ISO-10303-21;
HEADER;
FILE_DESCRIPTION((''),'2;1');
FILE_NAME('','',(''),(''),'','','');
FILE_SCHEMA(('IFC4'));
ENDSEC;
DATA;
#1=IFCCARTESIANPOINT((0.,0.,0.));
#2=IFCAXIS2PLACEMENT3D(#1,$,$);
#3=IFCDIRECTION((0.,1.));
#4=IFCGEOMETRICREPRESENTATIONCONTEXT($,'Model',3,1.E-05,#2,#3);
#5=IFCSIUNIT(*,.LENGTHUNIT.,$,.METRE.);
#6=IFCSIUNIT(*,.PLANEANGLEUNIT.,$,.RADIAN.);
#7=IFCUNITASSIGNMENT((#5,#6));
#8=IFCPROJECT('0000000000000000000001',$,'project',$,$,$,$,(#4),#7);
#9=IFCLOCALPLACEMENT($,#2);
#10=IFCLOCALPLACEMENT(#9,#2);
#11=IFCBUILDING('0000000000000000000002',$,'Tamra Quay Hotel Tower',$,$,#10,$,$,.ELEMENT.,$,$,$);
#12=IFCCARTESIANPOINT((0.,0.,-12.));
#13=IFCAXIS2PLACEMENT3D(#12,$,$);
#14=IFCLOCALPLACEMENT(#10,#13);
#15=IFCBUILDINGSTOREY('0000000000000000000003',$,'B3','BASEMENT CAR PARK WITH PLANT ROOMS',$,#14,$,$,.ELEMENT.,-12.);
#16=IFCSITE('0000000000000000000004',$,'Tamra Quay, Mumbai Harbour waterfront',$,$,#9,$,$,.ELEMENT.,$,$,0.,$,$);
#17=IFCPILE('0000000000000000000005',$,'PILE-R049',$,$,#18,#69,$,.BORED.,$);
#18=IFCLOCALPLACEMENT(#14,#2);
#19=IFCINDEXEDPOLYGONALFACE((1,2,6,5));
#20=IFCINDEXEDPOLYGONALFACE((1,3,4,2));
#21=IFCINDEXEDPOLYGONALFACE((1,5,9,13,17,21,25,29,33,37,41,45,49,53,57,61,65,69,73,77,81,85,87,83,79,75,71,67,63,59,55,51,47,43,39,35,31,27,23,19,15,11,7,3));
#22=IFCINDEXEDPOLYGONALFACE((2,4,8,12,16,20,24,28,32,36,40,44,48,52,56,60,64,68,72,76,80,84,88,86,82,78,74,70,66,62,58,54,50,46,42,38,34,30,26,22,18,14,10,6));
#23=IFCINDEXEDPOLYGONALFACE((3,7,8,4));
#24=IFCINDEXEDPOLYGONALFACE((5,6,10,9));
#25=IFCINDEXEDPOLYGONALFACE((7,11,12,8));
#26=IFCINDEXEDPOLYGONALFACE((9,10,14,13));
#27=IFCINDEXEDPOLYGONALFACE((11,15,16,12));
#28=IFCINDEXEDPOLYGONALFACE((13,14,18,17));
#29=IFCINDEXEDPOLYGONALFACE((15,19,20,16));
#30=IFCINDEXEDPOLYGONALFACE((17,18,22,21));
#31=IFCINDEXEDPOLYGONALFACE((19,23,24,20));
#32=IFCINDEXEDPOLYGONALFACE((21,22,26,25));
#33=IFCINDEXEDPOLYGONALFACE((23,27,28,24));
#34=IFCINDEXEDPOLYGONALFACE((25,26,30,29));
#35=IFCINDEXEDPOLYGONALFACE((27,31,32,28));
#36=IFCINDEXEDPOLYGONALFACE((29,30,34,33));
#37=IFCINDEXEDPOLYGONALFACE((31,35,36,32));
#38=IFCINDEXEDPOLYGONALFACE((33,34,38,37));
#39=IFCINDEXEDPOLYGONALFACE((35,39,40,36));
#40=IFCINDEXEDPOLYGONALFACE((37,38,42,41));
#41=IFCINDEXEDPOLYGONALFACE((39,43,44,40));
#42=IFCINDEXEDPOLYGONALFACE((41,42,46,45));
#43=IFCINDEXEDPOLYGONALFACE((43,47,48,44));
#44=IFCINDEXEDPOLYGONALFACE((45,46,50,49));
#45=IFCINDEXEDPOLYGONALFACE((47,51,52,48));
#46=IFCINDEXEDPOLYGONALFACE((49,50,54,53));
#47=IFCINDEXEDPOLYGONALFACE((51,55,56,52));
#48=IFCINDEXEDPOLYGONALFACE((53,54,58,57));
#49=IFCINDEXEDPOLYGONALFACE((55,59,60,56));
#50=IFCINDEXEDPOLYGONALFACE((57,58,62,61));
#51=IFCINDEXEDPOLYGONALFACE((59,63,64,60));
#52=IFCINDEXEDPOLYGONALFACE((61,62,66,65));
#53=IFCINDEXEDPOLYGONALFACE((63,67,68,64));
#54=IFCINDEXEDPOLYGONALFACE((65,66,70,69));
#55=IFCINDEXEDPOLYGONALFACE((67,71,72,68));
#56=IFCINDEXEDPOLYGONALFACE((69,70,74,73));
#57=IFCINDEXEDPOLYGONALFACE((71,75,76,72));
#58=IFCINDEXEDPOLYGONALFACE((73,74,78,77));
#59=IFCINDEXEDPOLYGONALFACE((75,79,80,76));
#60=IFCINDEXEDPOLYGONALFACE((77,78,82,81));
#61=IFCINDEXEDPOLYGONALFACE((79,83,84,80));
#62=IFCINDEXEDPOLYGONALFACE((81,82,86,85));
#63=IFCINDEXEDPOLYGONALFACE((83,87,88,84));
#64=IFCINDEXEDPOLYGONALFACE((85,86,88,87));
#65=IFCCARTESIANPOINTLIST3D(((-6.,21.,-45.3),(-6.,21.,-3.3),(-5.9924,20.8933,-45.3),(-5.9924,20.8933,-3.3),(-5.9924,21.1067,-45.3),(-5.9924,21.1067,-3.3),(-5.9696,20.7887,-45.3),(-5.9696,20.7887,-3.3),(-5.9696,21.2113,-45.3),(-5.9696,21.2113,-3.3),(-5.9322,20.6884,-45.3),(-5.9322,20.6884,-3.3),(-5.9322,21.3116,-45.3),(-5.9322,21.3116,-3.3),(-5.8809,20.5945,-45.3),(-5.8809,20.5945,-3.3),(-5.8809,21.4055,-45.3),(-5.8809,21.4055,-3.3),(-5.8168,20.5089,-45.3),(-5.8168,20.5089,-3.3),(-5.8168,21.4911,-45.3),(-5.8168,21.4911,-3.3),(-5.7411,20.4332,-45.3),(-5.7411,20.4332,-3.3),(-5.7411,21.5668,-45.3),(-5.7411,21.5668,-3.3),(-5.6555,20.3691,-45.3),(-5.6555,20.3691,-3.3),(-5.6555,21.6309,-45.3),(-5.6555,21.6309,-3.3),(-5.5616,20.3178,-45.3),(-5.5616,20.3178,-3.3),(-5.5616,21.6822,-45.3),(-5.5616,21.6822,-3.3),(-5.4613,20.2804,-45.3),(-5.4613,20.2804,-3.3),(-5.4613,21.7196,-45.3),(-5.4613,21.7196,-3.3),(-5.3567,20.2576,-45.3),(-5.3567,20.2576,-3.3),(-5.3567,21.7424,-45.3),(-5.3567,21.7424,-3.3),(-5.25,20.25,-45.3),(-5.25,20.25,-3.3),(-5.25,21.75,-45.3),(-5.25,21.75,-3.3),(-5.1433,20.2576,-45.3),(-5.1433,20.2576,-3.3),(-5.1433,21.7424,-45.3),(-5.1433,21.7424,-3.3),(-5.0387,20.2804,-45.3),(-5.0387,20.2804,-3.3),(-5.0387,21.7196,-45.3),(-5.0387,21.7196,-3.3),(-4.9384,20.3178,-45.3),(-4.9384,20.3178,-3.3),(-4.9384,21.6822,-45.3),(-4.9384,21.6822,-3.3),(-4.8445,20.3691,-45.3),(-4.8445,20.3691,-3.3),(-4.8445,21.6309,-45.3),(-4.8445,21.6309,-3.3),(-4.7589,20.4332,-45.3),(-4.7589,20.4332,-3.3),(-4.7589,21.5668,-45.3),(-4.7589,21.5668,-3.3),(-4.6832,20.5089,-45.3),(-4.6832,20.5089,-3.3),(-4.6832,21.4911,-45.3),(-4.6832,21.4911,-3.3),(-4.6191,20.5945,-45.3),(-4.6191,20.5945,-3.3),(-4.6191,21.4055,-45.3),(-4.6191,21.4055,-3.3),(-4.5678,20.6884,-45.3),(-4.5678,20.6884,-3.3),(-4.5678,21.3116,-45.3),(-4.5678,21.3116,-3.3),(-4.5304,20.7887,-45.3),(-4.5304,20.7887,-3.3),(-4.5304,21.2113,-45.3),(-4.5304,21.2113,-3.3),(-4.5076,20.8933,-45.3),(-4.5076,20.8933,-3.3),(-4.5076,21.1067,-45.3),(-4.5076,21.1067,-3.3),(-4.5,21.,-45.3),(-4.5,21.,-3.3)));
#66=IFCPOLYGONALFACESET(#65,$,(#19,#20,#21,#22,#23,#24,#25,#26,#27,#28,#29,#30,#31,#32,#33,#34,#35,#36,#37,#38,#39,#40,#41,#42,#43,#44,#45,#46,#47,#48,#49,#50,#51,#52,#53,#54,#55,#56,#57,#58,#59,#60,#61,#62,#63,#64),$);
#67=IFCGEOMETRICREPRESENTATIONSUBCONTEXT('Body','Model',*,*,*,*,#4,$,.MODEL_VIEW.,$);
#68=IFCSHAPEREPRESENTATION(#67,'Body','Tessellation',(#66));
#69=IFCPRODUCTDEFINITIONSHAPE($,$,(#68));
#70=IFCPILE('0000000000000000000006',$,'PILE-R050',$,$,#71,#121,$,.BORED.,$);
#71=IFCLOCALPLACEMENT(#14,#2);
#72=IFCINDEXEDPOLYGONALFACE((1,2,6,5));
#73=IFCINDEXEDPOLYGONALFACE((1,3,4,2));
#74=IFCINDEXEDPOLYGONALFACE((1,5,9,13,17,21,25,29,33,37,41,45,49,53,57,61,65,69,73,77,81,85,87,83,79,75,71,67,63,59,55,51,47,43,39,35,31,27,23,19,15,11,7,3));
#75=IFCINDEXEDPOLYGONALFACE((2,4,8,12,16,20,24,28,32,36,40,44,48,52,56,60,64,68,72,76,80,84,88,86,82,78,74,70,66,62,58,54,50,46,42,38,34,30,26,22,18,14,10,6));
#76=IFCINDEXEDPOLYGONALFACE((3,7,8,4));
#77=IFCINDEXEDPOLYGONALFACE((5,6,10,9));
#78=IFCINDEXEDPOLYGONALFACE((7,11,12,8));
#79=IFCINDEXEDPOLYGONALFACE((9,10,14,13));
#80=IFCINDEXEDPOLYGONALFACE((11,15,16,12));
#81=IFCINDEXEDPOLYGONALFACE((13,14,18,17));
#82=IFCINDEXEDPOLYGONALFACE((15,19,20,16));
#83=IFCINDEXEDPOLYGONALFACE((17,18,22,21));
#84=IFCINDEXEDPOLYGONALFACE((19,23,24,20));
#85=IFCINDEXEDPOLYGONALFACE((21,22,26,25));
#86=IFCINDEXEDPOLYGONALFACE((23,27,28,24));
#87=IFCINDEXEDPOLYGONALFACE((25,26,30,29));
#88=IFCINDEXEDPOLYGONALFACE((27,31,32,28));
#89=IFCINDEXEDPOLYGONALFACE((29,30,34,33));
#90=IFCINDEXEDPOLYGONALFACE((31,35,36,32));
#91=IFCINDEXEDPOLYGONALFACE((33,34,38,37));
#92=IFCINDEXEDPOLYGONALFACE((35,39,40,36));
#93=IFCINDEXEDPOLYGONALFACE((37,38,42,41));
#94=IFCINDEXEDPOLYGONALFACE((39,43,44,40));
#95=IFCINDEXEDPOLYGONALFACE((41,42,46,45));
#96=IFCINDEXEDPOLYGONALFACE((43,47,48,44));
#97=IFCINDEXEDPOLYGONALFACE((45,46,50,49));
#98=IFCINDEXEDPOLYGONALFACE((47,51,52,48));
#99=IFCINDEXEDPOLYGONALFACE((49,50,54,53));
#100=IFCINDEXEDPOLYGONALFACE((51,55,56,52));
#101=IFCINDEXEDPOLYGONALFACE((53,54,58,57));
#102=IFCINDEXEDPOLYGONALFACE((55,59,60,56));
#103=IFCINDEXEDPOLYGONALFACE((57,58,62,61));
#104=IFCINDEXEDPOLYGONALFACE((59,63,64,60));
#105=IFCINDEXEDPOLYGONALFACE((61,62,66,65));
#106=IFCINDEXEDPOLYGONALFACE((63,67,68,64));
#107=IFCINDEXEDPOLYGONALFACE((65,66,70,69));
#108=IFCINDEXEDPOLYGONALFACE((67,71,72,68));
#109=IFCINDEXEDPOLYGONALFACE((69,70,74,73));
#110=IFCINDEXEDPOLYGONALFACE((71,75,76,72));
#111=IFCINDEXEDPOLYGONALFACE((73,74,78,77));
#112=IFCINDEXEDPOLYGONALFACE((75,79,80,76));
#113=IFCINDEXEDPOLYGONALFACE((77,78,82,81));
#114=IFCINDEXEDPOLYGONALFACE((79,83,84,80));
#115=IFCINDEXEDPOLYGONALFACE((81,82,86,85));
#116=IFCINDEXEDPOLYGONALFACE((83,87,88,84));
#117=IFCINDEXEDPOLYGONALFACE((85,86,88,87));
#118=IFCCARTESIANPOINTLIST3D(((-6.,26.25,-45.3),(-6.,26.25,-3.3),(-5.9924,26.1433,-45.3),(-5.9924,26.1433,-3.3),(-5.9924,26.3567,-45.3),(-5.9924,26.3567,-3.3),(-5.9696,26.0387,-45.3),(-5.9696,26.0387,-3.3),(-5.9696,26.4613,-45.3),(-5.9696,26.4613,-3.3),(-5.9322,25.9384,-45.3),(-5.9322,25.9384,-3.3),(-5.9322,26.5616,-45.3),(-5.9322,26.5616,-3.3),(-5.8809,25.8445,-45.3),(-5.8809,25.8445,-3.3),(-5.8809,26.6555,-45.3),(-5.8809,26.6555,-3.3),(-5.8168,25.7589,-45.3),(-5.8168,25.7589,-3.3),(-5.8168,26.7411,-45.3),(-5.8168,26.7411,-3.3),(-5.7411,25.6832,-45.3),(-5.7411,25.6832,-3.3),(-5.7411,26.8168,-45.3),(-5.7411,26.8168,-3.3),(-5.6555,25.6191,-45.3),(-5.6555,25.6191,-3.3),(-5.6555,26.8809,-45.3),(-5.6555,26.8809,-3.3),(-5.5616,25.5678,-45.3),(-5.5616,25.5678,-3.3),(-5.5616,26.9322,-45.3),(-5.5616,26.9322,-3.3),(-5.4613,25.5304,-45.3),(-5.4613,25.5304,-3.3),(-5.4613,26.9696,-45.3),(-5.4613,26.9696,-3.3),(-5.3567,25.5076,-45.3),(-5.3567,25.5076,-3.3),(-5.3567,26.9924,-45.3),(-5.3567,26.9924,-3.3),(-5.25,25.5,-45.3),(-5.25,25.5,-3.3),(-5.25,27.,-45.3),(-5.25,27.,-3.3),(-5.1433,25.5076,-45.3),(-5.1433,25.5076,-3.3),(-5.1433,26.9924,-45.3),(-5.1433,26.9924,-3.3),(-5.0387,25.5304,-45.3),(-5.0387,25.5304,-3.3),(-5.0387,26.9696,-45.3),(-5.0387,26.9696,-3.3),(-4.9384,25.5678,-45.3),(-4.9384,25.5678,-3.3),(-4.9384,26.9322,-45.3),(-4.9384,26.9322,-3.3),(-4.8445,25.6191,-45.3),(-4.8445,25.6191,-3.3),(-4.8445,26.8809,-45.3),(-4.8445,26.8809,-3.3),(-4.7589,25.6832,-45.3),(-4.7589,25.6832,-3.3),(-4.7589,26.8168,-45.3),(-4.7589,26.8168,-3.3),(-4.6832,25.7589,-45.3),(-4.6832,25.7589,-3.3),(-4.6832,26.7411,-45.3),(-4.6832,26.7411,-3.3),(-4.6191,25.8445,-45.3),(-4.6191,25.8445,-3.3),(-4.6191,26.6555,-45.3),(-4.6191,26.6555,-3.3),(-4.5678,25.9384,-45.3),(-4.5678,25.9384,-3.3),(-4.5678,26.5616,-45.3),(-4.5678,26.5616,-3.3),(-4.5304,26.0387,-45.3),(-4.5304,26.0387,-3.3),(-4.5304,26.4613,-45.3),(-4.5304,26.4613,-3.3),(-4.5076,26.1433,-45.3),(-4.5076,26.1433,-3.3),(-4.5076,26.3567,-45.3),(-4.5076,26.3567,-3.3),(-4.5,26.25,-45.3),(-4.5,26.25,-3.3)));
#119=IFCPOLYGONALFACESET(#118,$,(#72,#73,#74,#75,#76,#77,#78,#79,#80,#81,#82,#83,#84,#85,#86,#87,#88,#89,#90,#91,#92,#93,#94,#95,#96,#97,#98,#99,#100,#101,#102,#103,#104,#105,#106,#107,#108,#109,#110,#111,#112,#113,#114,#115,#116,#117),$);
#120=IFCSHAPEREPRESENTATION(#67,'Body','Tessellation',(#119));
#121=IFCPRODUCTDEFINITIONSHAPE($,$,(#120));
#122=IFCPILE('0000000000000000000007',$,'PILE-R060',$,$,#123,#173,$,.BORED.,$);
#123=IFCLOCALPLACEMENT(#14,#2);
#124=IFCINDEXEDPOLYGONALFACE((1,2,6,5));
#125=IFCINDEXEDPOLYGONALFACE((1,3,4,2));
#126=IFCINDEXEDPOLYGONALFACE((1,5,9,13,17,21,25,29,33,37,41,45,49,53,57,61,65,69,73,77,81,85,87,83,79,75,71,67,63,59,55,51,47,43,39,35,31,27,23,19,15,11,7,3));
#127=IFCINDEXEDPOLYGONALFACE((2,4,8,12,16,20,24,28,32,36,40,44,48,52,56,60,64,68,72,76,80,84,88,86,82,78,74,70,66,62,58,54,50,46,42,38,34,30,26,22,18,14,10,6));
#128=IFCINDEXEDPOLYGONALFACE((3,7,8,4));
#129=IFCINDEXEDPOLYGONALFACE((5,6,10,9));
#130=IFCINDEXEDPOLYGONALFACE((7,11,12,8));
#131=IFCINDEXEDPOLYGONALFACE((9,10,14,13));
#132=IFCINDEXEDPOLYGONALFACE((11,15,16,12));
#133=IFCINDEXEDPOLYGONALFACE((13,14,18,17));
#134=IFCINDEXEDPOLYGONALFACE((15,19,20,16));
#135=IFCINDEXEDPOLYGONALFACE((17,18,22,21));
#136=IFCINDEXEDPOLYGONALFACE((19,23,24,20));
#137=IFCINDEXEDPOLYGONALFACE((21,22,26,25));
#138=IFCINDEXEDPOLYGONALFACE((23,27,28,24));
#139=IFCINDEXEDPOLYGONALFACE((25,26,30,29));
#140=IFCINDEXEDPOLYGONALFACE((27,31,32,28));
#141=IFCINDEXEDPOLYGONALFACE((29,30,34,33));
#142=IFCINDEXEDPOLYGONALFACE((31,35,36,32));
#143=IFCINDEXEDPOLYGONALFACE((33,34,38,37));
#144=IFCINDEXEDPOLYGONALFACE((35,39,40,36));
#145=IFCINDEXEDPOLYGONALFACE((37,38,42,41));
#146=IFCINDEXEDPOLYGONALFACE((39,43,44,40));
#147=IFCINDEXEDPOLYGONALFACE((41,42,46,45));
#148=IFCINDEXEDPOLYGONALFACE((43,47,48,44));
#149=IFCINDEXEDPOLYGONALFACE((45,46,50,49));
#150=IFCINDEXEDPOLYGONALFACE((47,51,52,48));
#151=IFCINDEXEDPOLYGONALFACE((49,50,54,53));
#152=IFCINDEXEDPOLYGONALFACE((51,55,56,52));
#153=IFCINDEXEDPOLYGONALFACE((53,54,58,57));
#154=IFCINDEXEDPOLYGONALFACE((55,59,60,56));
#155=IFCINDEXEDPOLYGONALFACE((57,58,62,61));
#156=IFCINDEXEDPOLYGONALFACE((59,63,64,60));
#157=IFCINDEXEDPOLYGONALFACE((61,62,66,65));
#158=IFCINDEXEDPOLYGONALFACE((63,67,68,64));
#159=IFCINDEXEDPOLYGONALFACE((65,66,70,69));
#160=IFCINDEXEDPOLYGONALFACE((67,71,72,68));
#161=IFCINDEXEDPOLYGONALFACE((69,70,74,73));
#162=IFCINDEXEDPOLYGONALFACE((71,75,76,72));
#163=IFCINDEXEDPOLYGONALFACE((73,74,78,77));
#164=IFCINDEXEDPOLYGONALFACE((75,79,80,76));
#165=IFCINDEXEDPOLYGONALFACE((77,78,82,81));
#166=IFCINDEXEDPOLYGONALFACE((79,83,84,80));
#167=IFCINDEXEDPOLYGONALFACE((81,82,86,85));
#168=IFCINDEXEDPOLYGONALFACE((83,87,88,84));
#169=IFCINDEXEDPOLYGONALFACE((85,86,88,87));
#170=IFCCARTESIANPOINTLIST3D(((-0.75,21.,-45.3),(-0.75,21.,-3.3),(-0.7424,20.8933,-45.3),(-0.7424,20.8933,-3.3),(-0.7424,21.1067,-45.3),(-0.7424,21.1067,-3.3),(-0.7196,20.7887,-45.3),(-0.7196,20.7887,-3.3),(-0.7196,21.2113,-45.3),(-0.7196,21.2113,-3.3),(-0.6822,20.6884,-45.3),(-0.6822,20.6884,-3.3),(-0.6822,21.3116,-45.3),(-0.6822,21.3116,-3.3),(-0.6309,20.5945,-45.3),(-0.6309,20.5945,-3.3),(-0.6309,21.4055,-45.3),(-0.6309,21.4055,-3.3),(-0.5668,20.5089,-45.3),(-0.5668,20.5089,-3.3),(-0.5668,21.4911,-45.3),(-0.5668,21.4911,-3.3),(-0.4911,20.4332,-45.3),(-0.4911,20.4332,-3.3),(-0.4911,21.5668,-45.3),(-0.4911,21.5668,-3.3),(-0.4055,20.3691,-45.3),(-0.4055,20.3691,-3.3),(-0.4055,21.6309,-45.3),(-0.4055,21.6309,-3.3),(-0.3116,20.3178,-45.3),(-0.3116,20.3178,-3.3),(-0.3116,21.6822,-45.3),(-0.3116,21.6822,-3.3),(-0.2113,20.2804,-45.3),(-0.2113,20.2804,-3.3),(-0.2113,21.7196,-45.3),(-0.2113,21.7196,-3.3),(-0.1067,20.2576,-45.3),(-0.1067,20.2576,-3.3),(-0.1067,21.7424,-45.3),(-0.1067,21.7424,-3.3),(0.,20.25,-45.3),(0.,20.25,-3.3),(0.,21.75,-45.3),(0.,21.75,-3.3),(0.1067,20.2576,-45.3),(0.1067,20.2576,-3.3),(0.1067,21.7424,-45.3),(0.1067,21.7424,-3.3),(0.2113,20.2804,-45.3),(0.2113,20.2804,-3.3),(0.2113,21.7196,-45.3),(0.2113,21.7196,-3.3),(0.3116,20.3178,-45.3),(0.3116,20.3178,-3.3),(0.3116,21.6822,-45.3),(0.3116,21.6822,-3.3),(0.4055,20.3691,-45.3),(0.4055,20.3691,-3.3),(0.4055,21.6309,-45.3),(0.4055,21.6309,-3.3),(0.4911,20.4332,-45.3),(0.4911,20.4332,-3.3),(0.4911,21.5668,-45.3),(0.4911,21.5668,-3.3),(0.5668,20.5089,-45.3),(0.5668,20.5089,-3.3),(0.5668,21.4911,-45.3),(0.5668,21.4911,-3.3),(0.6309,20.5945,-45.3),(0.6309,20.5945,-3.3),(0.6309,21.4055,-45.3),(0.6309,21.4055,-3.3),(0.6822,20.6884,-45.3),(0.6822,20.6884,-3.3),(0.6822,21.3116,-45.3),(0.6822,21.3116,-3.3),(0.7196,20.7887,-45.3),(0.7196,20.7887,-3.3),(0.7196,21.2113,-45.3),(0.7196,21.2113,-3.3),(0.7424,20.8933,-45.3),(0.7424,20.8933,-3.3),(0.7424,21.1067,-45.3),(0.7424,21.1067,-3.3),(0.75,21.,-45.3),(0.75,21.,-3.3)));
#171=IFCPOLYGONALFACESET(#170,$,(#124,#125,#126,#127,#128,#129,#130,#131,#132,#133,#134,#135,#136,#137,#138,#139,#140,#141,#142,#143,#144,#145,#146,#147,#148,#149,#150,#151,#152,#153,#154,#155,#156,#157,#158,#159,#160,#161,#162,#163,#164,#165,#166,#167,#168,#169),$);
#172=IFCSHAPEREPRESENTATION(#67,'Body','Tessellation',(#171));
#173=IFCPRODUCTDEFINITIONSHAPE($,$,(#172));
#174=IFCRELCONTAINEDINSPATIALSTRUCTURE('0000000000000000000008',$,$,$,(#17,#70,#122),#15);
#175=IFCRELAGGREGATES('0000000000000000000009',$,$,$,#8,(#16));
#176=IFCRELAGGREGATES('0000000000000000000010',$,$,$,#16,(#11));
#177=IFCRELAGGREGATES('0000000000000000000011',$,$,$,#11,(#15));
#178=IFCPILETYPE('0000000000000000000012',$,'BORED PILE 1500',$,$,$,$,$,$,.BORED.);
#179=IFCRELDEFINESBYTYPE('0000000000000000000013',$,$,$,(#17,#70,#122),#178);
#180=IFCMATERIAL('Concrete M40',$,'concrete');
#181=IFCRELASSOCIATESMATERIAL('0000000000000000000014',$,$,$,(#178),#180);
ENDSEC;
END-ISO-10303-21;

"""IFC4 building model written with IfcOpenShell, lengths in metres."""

from ifc_helpers import new_model, si_unit, direction, frame, origin, origin_2d, place, context, subcontext, project, spatial, circle, extrude, material, material_profile, profile_set, type_object, element, save


model = new_model("IFC4")

# Units and contexts
model_context = context("Model", 3, precision=1e-05, world=origin(), true_north=direction((0.0, 1.0)))
body_context = subcontext(model_context, "Body", "Model", "MODEL_VIEW")
ifc_project = project(units=[si_unit("LENGTHUNIT", "METRE"), si_unit("PLANEANGLEUNIT", "RADIAN")], contexts=[model_context])

# Site, building, storey
site_placement = place(None, origin())
site = spatial("IfcSite", under=ifc_project, at=site_placement, Name="Tamra Quay, Mumbai Harbour waterfront", CompositionType="ELEMENT", RefElevation=0.0)
building_placement = place(site_placement, origin())
building = spatial("IfcBuilding", under=site, at=building_placement, Name="Tamra Quay Hotel Tower", CompositionType="ELEMENT")
storey_placement = place(building_placement, frame((0.0, 0.0, -12.0)))
storey = spatial("IfcBuildingStorey", under=building, at=storey_placement, Name="B3", Description="BASEMENT CAR PARK WITH PLANT ROOMS", CompositionType="ELEMENT", Elevation=-12.0)

# Piles
ifc_material_1 = material(Name="Concrete M40", Category="concrete")
ifc_material_profile_1 = material_profile(ifc_material_1, circle(Radius=0.75, at=origin_2d()), Name="BORED PILE 1500")
ifc_profile_set_1 = profile_set([ifc_material_profile_1], Name="Concrete M40")
pile_type_1 = type_object("IfcPileType", Name="BORED PILE 1500", PredefinedType="BORED", material=ifc_profile_set_1)
for number, where, z_axis, x_axis, name in (
    (1, (-5.25, 21.0, -3.3), (0.0, 0.0, -1.0), (1.0, 0.0, 0.0), "PILE-R049"),
    (2, (-5.25, 26.25, -3.3), (0.0, 0.0, -1.0), (1.0, 0.0, 0.0), "PILE-R050"),
    (3, (0.0, 21.0, -3.3), (0.0, 0.0, -1.0), (1.0, 0.0, 0.0), "PILE-R060"),
):
    element("IfcPile", number, at=place(storey_placement, frame(where, z_axis=z_axis, x_axis=x_axis)), inside=storey, type_object=pile_type_1, Name=name, PredefinedType="BORED", context=body_context, shape_type="SweptSolid", body=[
        extrude(circle(Radius=0.75, at=origin_2d()), origin(), (0.0, 0.0, 1.0), 42.0),
    ])

save(model, "model.ifc")
